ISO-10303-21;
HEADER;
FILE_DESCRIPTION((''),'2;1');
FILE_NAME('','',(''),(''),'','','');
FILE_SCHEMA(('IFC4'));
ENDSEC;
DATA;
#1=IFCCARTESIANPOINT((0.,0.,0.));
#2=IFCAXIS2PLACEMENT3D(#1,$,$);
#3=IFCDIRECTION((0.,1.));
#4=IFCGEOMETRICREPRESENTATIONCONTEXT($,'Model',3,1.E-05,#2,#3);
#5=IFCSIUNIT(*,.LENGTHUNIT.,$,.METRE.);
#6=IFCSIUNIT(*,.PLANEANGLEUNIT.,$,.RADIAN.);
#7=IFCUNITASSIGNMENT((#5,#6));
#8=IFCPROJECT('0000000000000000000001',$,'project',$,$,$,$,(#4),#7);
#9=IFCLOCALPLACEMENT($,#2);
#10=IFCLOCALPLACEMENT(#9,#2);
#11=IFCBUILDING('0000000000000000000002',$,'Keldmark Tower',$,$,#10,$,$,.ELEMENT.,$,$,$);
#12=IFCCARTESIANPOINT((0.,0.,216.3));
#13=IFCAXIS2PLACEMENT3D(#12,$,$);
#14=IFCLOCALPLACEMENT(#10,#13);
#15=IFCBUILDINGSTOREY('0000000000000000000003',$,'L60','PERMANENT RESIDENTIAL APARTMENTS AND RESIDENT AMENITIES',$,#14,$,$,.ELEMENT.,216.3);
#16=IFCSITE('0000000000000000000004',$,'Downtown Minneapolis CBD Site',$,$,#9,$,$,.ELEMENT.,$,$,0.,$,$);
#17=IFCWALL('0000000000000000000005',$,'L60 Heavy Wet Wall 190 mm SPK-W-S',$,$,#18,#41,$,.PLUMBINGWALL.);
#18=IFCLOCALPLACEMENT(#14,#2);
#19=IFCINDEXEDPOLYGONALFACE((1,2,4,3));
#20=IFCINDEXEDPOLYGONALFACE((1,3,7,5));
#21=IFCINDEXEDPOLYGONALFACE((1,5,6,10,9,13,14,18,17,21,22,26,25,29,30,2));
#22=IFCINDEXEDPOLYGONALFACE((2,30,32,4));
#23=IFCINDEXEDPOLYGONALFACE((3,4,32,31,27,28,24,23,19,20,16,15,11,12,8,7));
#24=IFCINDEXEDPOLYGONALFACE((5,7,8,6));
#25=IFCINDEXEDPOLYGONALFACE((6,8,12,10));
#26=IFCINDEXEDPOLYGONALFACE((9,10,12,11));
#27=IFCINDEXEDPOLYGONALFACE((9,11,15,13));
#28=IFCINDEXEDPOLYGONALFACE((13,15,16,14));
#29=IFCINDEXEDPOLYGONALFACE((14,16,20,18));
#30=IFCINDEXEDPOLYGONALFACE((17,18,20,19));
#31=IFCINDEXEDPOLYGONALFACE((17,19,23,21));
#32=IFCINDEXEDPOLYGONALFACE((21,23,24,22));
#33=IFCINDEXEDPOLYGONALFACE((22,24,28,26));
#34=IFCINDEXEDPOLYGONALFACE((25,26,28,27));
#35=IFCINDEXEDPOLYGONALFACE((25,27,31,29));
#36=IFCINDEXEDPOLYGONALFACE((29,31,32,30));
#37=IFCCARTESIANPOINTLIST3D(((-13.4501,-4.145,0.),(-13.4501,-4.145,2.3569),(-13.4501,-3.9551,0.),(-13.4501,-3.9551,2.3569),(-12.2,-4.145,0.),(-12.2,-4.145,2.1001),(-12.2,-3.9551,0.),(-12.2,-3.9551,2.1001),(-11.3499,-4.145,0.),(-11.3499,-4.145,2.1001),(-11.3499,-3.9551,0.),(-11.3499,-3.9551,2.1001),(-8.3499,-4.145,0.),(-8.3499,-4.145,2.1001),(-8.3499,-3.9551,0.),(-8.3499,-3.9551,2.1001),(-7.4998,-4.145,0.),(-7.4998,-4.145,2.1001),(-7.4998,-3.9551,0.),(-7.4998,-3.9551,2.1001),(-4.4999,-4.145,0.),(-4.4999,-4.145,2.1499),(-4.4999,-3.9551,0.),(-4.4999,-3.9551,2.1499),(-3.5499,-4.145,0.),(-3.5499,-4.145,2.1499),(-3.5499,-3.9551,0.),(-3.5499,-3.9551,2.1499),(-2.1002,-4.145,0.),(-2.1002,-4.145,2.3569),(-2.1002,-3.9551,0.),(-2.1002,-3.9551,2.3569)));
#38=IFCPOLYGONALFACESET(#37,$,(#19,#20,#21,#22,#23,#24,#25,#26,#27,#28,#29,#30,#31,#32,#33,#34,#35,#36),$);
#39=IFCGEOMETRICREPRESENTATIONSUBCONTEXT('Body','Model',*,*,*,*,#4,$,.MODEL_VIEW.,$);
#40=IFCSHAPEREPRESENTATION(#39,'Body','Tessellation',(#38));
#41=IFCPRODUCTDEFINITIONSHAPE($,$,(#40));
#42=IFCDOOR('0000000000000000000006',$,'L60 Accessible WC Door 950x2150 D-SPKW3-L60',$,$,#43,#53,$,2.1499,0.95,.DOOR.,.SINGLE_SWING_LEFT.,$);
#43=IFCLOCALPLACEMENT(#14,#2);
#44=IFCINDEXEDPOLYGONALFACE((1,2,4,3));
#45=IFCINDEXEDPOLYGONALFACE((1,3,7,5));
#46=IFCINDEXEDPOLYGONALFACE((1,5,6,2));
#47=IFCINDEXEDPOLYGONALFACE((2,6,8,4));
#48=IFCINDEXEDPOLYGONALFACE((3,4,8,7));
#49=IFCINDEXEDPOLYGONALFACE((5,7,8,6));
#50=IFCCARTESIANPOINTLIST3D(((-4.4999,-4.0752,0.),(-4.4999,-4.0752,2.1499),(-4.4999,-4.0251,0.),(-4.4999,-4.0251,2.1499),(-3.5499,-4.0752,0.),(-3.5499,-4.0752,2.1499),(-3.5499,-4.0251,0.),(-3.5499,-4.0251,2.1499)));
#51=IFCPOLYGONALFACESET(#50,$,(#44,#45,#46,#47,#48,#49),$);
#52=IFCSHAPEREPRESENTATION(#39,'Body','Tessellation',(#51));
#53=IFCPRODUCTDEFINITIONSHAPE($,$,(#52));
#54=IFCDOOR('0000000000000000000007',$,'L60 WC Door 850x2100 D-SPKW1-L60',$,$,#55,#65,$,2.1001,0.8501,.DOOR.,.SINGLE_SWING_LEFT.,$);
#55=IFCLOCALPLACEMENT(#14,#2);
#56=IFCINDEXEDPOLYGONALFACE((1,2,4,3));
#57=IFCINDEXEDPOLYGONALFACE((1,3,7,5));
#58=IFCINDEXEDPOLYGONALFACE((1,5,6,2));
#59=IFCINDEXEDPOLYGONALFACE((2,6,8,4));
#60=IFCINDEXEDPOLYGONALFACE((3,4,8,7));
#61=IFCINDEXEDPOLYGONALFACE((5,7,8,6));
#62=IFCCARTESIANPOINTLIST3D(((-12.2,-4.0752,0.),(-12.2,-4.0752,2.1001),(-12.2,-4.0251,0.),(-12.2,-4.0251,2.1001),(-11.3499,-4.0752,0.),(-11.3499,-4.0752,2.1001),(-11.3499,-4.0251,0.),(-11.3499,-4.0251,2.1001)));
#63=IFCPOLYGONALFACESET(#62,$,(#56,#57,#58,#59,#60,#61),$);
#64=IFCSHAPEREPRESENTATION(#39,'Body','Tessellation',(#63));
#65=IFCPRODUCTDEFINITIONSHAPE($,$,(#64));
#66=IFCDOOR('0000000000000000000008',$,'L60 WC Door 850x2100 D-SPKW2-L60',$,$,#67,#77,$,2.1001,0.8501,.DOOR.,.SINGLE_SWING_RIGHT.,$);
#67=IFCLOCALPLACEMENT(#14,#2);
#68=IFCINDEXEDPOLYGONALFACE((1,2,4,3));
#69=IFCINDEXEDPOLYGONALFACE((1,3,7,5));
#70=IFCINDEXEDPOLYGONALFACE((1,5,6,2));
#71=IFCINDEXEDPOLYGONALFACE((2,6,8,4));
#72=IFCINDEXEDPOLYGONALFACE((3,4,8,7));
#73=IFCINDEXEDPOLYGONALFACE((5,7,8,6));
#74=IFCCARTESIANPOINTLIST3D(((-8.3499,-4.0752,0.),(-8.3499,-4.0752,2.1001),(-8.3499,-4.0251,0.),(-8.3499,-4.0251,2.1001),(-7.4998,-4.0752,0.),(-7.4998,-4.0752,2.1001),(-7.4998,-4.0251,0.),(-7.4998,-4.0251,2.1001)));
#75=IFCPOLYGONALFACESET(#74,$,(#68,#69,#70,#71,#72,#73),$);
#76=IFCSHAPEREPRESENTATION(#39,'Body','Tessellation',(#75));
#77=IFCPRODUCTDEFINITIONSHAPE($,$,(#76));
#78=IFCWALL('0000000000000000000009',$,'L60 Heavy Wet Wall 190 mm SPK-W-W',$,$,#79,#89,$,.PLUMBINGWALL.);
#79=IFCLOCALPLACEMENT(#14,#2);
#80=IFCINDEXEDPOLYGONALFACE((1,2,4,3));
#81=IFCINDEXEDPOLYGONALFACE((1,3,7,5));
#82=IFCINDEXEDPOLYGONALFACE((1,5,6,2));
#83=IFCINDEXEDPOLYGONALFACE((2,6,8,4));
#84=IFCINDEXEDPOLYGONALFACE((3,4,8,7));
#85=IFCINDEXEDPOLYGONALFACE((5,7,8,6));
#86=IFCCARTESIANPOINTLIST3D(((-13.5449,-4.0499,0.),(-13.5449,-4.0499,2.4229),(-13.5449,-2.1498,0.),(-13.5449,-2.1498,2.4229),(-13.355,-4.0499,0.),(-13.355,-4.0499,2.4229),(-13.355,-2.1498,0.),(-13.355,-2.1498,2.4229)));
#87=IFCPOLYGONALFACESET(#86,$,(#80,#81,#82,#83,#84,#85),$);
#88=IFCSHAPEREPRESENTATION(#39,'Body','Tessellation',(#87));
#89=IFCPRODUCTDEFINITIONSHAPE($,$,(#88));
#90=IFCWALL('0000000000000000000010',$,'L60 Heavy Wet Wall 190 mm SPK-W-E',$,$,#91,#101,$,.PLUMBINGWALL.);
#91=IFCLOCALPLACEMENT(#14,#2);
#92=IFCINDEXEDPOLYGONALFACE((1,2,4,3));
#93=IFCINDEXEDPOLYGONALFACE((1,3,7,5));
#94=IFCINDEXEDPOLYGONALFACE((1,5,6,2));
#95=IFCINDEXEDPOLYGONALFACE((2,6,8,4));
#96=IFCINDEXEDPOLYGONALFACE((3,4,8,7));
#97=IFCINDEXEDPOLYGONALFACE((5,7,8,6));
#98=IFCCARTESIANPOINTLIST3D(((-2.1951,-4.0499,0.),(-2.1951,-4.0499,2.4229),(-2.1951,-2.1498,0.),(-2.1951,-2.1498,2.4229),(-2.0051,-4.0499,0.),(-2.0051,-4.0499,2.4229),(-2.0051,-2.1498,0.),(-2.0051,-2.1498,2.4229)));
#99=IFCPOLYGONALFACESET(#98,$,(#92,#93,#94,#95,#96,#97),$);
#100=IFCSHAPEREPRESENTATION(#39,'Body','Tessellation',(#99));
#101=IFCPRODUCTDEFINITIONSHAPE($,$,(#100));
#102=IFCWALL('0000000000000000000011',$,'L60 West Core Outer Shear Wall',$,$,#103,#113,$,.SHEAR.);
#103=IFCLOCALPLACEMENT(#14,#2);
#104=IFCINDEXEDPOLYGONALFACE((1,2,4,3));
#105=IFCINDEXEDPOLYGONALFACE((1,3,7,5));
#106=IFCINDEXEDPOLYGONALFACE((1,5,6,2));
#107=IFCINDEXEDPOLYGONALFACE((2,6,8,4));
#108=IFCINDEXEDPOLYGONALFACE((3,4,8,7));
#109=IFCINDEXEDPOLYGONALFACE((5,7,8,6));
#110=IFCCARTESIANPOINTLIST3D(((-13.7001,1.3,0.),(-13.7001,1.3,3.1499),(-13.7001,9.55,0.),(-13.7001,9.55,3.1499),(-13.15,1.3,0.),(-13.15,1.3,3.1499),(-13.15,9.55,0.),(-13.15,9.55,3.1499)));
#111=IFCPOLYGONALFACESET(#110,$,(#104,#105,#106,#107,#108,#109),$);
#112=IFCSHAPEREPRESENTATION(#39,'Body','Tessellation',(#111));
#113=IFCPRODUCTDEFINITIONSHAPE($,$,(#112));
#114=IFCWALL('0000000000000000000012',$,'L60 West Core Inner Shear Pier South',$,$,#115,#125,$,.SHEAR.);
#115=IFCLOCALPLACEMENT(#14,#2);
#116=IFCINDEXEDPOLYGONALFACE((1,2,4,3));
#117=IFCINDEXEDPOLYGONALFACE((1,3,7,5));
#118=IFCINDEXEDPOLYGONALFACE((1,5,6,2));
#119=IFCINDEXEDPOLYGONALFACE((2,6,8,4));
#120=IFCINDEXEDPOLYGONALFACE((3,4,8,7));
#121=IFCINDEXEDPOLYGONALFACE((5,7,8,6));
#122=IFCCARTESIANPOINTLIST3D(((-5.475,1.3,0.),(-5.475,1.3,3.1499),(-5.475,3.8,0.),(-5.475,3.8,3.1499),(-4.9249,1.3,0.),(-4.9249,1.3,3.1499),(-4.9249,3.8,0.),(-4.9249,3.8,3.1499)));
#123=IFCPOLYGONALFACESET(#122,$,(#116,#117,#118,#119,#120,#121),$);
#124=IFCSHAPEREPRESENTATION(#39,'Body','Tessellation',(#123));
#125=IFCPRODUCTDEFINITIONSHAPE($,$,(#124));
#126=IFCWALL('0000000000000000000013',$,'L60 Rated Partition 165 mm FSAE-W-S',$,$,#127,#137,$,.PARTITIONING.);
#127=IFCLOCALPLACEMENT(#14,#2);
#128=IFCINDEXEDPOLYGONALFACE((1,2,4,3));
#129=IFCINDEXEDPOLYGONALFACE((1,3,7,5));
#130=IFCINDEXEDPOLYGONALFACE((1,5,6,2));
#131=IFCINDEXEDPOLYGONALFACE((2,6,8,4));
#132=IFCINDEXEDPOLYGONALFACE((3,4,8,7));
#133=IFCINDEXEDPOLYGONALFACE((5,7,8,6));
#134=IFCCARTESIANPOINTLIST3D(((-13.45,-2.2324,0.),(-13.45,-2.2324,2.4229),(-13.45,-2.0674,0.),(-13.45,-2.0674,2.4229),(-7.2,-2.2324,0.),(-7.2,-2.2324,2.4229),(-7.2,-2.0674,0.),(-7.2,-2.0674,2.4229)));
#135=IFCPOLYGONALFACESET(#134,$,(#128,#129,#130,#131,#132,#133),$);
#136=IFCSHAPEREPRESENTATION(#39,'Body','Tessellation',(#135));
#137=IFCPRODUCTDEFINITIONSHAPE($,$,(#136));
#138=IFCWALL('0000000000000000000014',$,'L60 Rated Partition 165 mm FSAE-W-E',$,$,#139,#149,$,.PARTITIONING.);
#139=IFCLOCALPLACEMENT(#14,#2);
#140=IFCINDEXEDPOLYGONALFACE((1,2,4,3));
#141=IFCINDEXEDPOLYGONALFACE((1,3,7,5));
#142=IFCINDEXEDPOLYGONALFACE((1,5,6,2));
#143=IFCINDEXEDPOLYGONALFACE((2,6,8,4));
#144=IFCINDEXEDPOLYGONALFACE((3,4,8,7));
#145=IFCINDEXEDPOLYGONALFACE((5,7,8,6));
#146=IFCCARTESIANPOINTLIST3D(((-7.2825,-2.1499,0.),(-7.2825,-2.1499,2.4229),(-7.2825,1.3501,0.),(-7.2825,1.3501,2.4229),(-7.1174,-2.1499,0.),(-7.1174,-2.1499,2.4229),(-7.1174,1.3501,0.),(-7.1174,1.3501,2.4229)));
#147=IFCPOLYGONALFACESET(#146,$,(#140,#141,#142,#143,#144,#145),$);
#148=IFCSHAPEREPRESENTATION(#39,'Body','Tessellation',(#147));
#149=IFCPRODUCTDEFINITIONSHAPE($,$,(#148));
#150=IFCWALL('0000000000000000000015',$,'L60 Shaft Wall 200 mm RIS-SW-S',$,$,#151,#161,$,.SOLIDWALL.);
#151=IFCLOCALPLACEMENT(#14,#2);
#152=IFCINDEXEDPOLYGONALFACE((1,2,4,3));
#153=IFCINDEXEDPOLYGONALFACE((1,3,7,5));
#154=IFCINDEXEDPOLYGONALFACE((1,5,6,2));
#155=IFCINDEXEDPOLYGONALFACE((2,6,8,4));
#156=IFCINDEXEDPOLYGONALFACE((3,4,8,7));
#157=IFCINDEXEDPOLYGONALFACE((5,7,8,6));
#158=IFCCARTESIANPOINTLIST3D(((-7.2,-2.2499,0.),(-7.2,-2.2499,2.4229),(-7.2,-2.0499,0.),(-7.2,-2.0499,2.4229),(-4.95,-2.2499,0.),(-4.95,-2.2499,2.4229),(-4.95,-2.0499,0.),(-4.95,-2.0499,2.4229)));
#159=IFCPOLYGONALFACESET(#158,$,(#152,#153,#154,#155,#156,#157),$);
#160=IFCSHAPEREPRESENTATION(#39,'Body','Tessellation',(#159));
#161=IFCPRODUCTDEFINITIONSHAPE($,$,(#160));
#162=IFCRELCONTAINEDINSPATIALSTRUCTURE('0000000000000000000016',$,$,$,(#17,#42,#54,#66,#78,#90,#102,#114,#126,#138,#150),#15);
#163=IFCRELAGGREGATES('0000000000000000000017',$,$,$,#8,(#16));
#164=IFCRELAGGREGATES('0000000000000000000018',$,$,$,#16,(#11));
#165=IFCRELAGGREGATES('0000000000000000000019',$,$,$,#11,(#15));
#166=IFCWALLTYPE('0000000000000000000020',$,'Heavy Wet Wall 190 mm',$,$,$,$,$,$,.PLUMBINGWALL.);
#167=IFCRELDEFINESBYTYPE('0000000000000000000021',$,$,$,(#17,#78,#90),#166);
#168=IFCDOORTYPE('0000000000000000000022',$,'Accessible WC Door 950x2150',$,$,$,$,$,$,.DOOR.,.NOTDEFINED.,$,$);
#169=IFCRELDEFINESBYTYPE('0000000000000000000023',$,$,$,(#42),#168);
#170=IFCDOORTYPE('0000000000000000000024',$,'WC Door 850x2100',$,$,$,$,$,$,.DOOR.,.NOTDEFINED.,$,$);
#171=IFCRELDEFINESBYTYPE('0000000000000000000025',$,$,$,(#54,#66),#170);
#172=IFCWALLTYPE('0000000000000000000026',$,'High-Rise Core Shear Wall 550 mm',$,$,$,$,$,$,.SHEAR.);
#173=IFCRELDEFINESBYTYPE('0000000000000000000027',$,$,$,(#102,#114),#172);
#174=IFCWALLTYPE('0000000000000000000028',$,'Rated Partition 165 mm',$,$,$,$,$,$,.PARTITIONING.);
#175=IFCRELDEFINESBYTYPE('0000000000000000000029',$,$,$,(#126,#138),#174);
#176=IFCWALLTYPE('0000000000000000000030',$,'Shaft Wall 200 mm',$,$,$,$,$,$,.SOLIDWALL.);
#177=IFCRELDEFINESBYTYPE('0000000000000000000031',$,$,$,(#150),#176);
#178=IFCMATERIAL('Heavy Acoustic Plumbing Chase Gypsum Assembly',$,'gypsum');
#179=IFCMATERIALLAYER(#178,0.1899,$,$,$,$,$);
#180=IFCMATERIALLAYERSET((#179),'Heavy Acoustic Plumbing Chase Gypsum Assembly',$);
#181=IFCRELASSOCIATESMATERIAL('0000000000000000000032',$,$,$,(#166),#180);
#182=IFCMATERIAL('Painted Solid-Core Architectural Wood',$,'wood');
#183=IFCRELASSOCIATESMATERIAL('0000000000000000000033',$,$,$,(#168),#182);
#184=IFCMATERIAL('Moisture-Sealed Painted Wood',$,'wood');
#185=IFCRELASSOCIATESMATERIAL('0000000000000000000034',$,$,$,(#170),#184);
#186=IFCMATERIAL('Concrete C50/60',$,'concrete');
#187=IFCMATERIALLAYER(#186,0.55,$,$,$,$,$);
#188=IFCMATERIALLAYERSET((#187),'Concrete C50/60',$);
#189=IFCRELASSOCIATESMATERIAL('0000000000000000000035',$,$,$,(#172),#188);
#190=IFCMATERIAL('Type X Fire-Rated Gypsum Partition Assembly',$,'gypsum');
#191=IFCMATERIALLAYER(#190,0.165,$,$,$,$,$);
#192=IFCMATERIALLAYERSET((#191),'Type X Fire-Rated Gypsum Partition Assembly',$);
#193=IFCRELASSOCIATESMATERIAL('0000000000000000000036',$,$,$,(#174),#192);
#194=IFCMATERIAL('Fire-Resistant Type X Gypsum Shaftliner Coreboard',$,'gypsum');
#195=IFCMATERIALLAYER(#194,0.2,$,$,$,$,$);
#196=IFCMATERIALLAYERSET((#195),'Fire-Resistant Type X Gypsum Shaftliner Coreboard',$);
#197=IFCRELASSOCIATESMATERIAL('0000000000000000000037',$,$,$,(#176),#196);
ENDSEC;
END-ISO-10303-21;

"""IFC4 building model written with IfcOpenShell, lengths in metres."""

from ifc_helpers import new_model, si_unit, direction, frame, frame_2d, origin, place, context, subcontext, project, spatial, rectangle, extrude, material, layer, layer_set, type_object, element, fill, save


model = new_model("IFC4")

# Units and contexts
model_context = context("Model", 3, precision=1e-05, world=origin(), true_north=direction((0.0, 1.0)))
body_context = subcontext(model_context, "Body", "Model", "MODEL_VIEW")
ifc_project = project(units=[si_unit("LENGTHUNIT", "METRE"), si_unit("PLANEANGLEUNIT", "RADIAN")], contexts=[model_context])

# Site, building, storey
site_placement = place(None, origin())
site = spatial("IfcSite", under=ifc_project, at=site_placement, Name="Downtown Minneapolis CBD Site", CompositionType="ELEMENT", RefElevation=0.0)
building_placement = place(site_placement, origin())
building = spatial("IfcBuilding", under=site, at=building_placement, Name="Keldmark Tower", CompositionType="ELEMENT")
storey_placement = place(building_placement, frame((0.0, 0.0, 216.3)))
storey = spatial("IfcBuildingStorey", under=building, at=storey_placement, Name="L60", Description="PERMANENT RESIDENTIAL APARTMENTS AND RESIDENT AMENITIES", CompositionType="ELEMENT", Elevation=216.3)

# Wall, openings, doors
ifc_material_1 = material(Name="Heavy Acoustic Plumbing Chase Gypsum Assembly", Category="gypsum")
ifc_layer_1 = layer(ifc_material_1, 0.1899)
ifc_layer_set_1 = layer_set([ifc_layer_1], Name="Heavy Acoustic Plumbing Chase Gypsum Assembly")
wall_type_1 = type_object("IfcWallType", Name="Heavy Wet Wall 190 mm", PredefinedType="PLUMBINGWALL", material=ifc_layer_set_1)
wall_1_placement = place(storey_placement, frame((-13.45, -4.05, 0.0), z_axis=(0.0, 0.0, 1.0), x_axis=(1.0, 0.0, 0.0)))
wall_1 = element("IfcWall", 1, at=wall_1_placement, inside=storey, type_object=wall_type_1, Name="L60 Heavy Wet Wall 190 mm SPK-W-S", PredefinedType="PLUMBINGWALL", context=body_context, shape_type="SweptSolid", body=[
    extrude(rectangle(XDim=11.3499, YDim=0.1899, at=frame_2d((5.6748, 0.0))), origin(), (0.0, 0.0, 1.0), 2.3569),
])
opening_1_placement = place(wall_1_placement, frame((1.25, 0.0, 0.0)))
opening_1 = element("IfcOpeningElement", 2, at=opening_1_placement, cuts=wall_1, PredefinedType="OPENING", context=body_context, shape_type="SweptSolid", body=[
    extrude(rectangle(XDim=0.8501, YDim=2.1001, at=frame_2d((0.425, 1.05))), frame((0.0, 0.105, 0.0), z_axis=(0.0, -1.0, 0.0), x_axis=(1.0, 0.0, 0.0)), (0.0, 0.0, 1.0), 0.21),
])
opening_2_placement = place(wall_1_placement, frame((5.1001, 0.0, 0.0)))
opening_2 = element("IfcOpeningElement", 3, at=opening_2_placement, cuts=wall_1, PredefinedType="OPENING", context=body_context, shape_type="SweptSolid", body=[
    extrude(rectangle(XDim=0.8501, YDim=2.1001, at=frame_2d((0.425, 1.05))), frame((0.0, 0.105, 0.0), z_axis=(0.0, -1.0, 0.0), x_axis=(1.0, 0.0, 0.0)), (0.0, 0.0, 1.0), 0.21),
])
opening_3_placement = place(wall_1_placement, frame((8.95, 0.0, 0.0)))
opening_3 = element("IfcOpeningElement", 4, at=opening_3_placement, cuts=wall_1, PredefinedType="OPENING", context=body_context, shape_type="SweptSolid", body=[
    extrude(rectangle(XDim=0.95, YDim=2.1499, at=frame_2d((0.4751, 1.075))), frame((0.0, 0.105, 0.0), z_axis=(0.0, -1.0, 0.0), x_axis=(1.0, 0.0, 0.0)), (0.0, 0.0, 1.0), 0.21),
])
ifc_material_2 = material(Name="Painted Solid-Core Architectural Wood", Category="wood")
door_type_1 = type_object("IfcDoorType", Name="Accessible WC Door 950x2150", OperationType="NOTDEFINED", PredefinedType="DOOR", material=ifc_material_2)
door_1_placement = place(opening_3_placement, origin())
door_1 = element("IfcDoor", 5, at=door_1_placement, inside=storey, type_object=door_type_1, Name="L60 Accessible WC Door 950x2150 D-SPKW3-L60", OperationType="SINGLE_SWING_LEFT", OverallHeight=2.1499, OverallWidth=0.95, PredefinedType="DOOR", context=body_context, shape_type="SweptSolid", body=[
    extrude(rectangle(XDim=0.95, YDim=2.1499, at=frame_2d((0.4751, 1.075))), frame((0.0, 0.0249, 0.0), z_axis=(0.0, -1.0, 0.0), x_axis=(1.0, 0.0, 0.0)), (0.0, 0.0, 1.0), 0.05),
])
fill(opening_3, door_1)
ifc_material_3 = material(Name="Moisture-Sealed Painted Wood", Category="wood")
door_type_2 = type_object("IfcDoorType", Name="WC Door 850x2100", OperationType="NOTDEFINED", PredefinedType="DOOR", material=ifc_material_3)
door_2_placement = place(opening_1_placement, origin())
door_2 = element("IfcDoor", 6, at=door_2_placement, inside=storey, type_object=door_type_2, Name="L60 WC Door 850x2100 D-SPKW1-L60", OperationType="SINGLE_SWING_LEFT", OverallHeight=2.1001, OverallWidth=0.8501, PredefinedType="DOOR", context=body_context, shape_type="SweptSolid", body=[
    extrude(rectangle(XDim=0.8501, YDim=2.1001, at=frame_2d((0.425, 1.05))), frame((0.0, 0.0249, 0.0), z_axis=(0.0, -1.0, 0.0), x_axis=(1.0, 0.0, 0.0)), (0.0, 0.0, 1.0), 0.05),
])
fill(opening_1, door_2)
door_3_placement = place(opening_2_placement, origin())
door_3 = element("IfcDoor", 7, at=door_3_placement, inside=storey, type_object=door_type_2, Name="L60 WC Door 850x2100 D-SPKW2-L60", OperationType="SINGLE_SWING_RIGHT", OverallHeight=2.1001, OverallWidth=0.8501, PredefinedType="DOOR", context=body_context, shape_type="SweptSolid", body=[
    extrude(rectangle(XDim=0.8501, YDim=2.1001, at=frame_2d((0.425, 1.05))), frame((0.0, 0.0249, 0.0), z_axis=(0.0, -1.0, 0.0), x_axis=(1.0, 0.0, 0.0)), (0.0, 0.0, 1.0), 0.05),
])
fill(opening_2, door_3)

# Walls
for number, where, z_axis, x_axis, name in (
    (8, (-13.45, -4.05, 0.0), (0.0, 0.0, 1.0), (0.0, 1.0, 0.0), "L60 Heavy Wet Wall 190 mm SPK-W-W"),
    (9, (-2.1001, -4.05, 0.0), (0.0, 0.0, 1.0), (0.0, 1.0, 0.0), "L60 Heavy Wet Wall 190 mm SPK-W-E"),
):
    element("IfcWall", number, at=place(storey_placement, frame(where, z_axis=z_axis, x_axis=x_axis)), inside=storey, type_object=wall_type_1, Name=name, PredefinedType="PLUMBINGWALL", context=body_context, shape_type="SweptSolid", body=[
        extrude(rectangle(XDim=1.9001, YDim=0.1899, at=frame_2d((0.9502, 0.0))), origin(), (0.0, 0.0, 1.0), 2.4229),
    ])
ifc_material_4 = material(Name="Concrete C50/60", Category="concrete")
ifc_layer_2 = layer(ifc_material_4, 0.55)
ifc_layer_set_2 = layer_set([ifc_layer_2], Name="Concrete C50/60")
wall_type_2 = type_object("IfcWallType", Name="High-Rise Core Shear Wall 550 mm", PredefinedType="SHEAR", material=ifc_layer_set_2)
wall_2_placement = place(storey_placement, frame((-13.425, 1.3, 0.0), z_axis=(0.0, 0.0, 1.0), x_axis=(0.0, 1.0, 0.0)))
element("IfcWall", 10, at=wall_2_placement, inside=storey, type_object=wall_type_2, Name="L60 West Core Outer Shear Wall", PredefinedType="SHEAR", context=body_context, shape_type="SweptSolid", body=[
    extrude(rectangle(XDim=8.25, YDim=0.55, at=frame_2d((4.125, 0.0))), origin(), (0.0, 0.0, 1.0), 3.1499),
])
wall_3_placement = place(storey_placement, frame((-5.2, 1.3, 0.0), z_axis=(0.0, 0.0, 1.0), x_axis=(0.0, 1.0, 0.0)))
element("IfcWall", 11, at=wall_3_placement, inside=storey, type_object=wall_type_2, Name="L60 West Core Inner Shear Pier South", PredefinedType="SHEAR", context=body_context, shape_type="SweptSolid", body=[
    extrude(rectangle(XDim=2.5, YDim=0.55, at=frame_2d((1.25, 0.0))), origin(), (0.0, 0.0, 1.0), 3.1499),
])
ifc_material_5 = material(Name="Type X Fire-Rated Gypsum Partition Assembly", Category="gypsum")
ifc_layer_3 = layer(ifc_material_5, 0.165)
ifc_layer_set_3 = layer_set([ifc_layer_3], Name="Type X Fire-Rated Gypsum Partition Assembly")
wall_type_3 = type_object("IfcWallType", Name="Rated Partition 165 mm", PredefinedType="PARTITIONING", material=ifc_layer_set_3)
wall_4_placement = place(storey_placement, frame((-13.45, -2.1499, 0.0), z_axis=(0.0, 0.0, 1.0), x_axis=(1.0, 0.0, 0.0)))
element("IfcWall", 12, at=wall_4_placement, inside=storey, type_object=wall_type_3, Name="L60 Rated Partition 165 mm FSAE-W-S", PredefinedType="PARTITIONING", context=body_context, shape_type="SweptSolid", body=[
    extrude(rectangle(XDim=6.25, YDim=0.165, at=frame_2d((3.125, 0.0))), origin(), (0.0, 0.0, 1.0), 2.4229),
])

# Walls
wall_5_placement = place(storey_placement, frame((-7.2, -2.1499, 0.0), z_axis=(0.0, 0.0, 1.0), x_axis=(0.0, 1.0, 0.0)))
element("IfcWall", 13, at=wall_5_placement, inside=storey, type_object=wall_type_3, Name="L60 Rated Partition 165 mm FSAE-W-E", PredefinedType="PARTITIONING", context=body_context, shape_type="SweptSolid", body=[
    extrude(rectangle(XDim=3.5, YDim=0.165, at=frame_2d((1.75, 0.0))), origin(), (0.0, 0.0, 1.0), 2.4229),
])
ifc_material_6 = material(Name="Fire-Resistant Type X Gypsum Shaftliner Coreboard", Category="gypsum")
ifc_layer_4 = layer(ifc_material_6, 0.2)
ifc_layer_set_4 = layer_set([ifc_layer_4], Name="Fire-Resistant Type X Gypsum Shaftliner Coreboard")
wall_type_4 = type_object("IfcWallType", Name="Shaft Wall 200 mm", PredefinedType="SOLIDWALL", material=ifc_layer_set_4)
wall_6_placement = place(storey_placement, frame((-7.2, -2.1499, 0.0), z_axis=(0.0, 0.0, 1.0), x_axis=(1.0, 0.0, 0.0)))
element("IfcWall", 14, at=wall_6_placement, inside=storey, type_object=wall_type_4, Name="L60 Shaft Wall 200 mm RIS-SW-S", PredefinedType="SOLIDWALL", context=body_context, shape_type="SweptSolid", body=[
    extrude(rectangle(XDim=2.25, YDim=0.2, at=frame_2d((1.125, 0.0))), origin(), (0.0, 0.0, 1.0), 2.4229),
])

save(model, "model.ifc")
